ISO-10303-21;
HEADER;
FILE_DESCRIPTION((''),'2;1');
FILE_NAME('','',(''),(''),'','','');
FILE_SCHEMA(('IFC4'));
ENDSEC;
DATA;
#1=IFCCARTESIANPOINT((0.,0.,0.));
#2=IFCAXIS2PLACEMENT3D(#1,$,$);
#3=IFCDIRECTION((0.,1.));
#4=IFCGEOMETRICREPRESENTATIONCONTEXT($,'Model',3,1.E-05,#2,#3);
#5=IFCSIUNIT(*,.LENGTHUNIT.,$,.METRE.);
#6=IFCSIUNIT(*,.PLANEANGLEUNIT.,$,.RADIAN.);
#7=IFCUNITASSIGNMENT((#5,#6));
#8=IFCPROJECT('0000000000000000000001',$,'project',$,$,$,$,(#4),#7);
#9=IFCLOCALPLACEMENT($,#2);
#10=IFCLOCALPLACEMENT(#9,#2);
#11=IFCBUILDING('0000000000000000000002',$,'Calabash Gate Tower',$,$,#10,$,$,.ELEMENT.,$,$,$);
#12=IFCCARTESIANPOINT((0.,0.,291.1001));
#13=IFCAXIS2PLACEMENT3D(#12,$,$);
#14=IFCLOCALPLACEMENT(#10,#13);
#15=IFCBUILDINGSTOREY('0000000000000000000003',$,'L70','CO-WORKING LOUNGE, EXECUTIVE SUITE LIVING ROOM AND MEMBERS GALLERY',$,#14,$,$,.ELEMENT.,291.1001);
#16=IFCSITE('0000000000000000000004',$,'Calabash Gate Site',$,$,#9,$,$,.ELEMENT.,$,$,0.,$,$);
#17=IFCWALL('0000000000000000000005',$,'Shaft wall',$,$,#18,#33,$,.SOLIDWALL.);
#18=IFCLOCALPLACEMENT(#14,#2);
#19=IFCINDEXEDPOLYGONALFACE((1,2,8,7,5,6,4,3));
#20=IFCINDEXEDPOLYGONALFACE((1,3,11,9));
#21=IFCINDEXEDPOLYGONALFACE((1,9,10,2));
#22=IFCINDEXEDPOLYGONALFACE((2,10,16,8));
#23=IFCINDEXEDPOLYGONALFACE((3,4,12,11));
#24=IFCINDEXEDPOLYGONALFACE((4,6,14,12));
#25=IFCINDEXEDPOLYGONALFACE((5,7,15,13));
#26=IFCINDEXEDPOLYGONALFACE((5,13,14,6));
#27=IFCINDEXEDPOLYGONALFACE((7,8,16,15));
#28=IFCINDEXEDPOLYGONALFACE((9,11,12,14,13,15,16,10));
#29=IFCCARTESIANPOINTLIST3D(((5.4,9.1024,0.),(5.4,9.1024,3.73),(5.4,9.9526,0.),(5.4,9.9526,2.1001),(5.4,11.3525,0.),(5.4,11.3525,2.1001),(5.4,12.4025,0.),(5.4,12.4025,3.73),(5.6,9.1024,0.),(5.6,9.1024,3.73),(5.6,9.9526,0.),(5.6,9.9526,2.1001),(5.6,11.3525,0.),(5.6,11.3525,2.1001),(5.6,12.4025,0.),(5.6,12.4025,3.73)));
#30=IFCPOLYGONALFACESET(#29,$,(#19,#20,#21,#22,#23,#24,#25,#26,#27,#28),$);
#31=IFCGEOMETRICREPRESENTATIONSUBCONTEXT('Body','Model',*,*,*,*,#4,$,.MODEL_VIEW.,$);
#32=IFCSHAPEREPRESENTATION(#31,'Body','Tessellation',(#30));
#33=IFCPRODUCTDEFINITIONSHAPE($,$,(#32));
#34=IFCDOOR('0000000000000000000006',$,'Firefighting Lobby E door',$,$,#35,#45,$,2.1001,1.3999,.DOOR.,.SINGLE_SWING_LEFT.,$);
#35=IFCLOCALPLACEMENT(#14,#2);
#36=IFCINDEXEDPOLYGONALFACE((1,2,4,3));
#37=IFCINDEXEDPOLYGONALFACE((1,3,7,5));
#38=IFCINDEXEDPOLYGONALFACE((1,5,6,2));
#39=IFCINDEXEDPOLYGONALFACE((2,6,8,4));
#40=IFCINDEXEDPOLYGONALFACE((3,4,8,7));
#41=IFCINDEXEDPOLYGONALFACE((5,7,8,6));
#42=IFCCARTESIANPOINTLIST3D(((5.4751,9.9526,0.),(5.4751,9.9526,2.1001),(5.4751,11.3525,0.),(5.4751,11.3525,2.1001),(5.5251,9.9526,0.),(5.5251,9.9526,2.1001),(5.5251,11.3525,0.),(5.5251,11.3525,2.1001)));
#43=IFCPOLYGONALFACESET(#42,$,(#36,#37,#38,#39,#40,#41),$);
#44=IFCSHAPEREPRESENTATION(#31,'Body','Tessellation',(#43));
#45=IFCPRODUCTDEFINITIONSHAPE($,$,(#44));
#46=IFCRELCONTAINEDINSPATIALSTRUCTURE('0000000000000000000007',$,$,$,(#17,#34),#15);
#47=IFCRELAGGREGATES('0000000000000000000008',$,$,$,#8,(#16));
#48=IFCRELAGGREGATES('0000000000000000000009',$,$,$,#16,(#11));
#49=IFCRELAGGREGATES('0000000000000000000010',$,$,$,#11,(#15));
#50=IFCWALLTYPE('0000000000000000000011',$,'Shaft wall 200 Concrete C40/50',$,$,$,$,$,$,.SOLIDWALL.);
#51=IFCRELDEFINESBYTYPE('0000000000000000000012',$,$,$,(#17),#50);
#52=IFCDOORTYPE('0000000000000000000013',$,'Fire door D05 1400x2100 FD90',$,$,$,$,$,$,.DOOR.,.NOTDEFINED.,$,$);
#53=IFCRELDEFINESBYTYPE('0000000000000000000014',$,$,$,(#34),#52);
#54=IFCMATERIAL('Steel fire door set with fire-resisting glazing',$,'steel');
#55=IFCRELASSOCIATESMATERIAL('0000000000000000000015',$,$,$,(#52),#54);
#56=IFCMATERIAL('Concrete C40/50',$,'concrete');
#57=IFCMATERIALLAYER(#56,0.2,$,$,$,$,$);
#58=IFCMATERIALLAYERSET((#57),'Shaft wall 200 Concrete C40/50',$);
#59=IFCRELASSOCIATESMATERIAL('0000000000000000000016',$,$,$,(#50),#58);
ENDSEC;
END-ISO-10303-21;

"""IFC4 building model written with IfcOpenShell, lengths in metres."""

from ifc_helpers import new_model, si_unit, direction, frame, frame_2d, origin, place, context, subcontext, project, spatial, rectangle, extrude, material, layer, layer_set, type_object, element, fill, save


model = new_model("IFC4")

# Units and contexts
model_context = context("Model", 3, precision=1e-05, world=origin(), true_north=direction((0.0, 1.0)))
body_context = subcontext(model_context, "Body", "Model", "MODEL_VIEW")
ifc_project = project(units=[si_unit("LENGTHUNIT", "METRE"), si_unit("PLANEANGLEUNIT", "RADIAN")], contexts=[model_context])

# Site, building, storey
site_placement = place(None, origin())
site = spatial("IfcSite", under=ifc_project, at=site_placement, Name="Calabash Gate Site", CompositionType="ELEMENT", RefElevation=0.0)
building_placement = place(site_placement, origin())
building = spatial("IfcBuilding", under=site, at=building_placement, Name="Calabash Gate Tower", CompositionType="ELEMENT")
storey_placement = place(building_placement, frame((0.0, 0.0, 291.1001)))
storey = spatial("IfcBuildingStorey", under=building, at=storey_placement, Name="L70", Description="CO-WORKING LOUNGE, EXECUTIVE SUITE LIVING ROOM AND MEMBERS GALLERY", CompositionType="ELEMENT", Elevation=291.1001)

# Shared definitions
ifc_material_1 = material(Name="Steel fire door set with fire-resisting glazing", Category="steel")
door_type_1 = type_object("IfcDoorType", Name="Fire door D05 1400x2100 FD90", OperationType="NOTDEFINED", PredefinedType="DOOR", material=ifc_material_1)

# Shared definitions
ifc_material_2 = material(Name="Concrete C40/50", Category="concrete")
ifc_layer_1 = layer(ifc_material_2, 0.2)
ifc_layer_set_1 = layer_set([ifc_layer_1], Name="Shaft wall 200 Concrete C40/50")
wall_type_1 = type_object("IfcWallType", Name="Shaft wall 200 Concrete C40/50", PredefinedType="SOLIDWALL", material=ifc_layer_set_1)

# Wall, opening, door
wall_1_placement = place(storey_placement, frame((5.5, 9.1025, 0.0), z_axis=(0.0, 0.0, 1.0), x_axis=(0.0, 1.0, 0.0)))
wall_1 = element("IfcWall", 1, at=wall_1_placement, inside=storey, type_object=wall_type_1, Name="Shaft wall", PredefinedType="SOLIDWALL", context=body_context, shape_type="SweptSolid", body=[
    extrude(rectangle(XDim=3.3, YDim=0.2, at=frame_2d((1.6499, 0.0))), origin(), (0.0, 0.0, 1.0), 3.73),
])
opening_1_placement = place(wall_1_placement, frame((0.8501, 0.0, 0.0)))
opening_1 = element("IfcOpeningElement", 2, at=opening_1_placement, cuts=wall_1, PredefinedType="OPENING", context=body_context, shape_type="SweptSolid", body=[
    extrude(rectangle(XDim=1.3999, YDim=2.1001, at=frame_2d((0.7, 1.05))), frame((0.0, 0.1099, 0.0), z_axis=(0.0, -1.0, 0.0), x_axis=(1.0, 0.0, 0.0)), (0.0, 0.0, 1.0), 0.22),
])
door_1_placement = place(opening_1_placement, origin())
door_1 = element("IfcDoor", 3, at=door_1_placement, inside=storey, type_object=door_type_1, Name="Firefighting Lobby E door", OperationType="SINGLE_SWING_LEFT", OverallHeight=2.1001, OverallWidth=1.3999, PredefinedType="DOOR", context=body_context, shape_type="SweptSolid", body=[
    extrude(rectangle(XDim=1.3999, YDim=2.1001, at=frame_2d((0.7, 1.05))), frame((0.0, 0.0249, 0.0), z_axis=(0.0, -1.0, 0.0), x_axis=(1.0, 0.0, 0.0)), (0.0, 0.0, 1.0), 0.05),
])
fill(opening_1, door_1)

save(model, "model.ifc")
